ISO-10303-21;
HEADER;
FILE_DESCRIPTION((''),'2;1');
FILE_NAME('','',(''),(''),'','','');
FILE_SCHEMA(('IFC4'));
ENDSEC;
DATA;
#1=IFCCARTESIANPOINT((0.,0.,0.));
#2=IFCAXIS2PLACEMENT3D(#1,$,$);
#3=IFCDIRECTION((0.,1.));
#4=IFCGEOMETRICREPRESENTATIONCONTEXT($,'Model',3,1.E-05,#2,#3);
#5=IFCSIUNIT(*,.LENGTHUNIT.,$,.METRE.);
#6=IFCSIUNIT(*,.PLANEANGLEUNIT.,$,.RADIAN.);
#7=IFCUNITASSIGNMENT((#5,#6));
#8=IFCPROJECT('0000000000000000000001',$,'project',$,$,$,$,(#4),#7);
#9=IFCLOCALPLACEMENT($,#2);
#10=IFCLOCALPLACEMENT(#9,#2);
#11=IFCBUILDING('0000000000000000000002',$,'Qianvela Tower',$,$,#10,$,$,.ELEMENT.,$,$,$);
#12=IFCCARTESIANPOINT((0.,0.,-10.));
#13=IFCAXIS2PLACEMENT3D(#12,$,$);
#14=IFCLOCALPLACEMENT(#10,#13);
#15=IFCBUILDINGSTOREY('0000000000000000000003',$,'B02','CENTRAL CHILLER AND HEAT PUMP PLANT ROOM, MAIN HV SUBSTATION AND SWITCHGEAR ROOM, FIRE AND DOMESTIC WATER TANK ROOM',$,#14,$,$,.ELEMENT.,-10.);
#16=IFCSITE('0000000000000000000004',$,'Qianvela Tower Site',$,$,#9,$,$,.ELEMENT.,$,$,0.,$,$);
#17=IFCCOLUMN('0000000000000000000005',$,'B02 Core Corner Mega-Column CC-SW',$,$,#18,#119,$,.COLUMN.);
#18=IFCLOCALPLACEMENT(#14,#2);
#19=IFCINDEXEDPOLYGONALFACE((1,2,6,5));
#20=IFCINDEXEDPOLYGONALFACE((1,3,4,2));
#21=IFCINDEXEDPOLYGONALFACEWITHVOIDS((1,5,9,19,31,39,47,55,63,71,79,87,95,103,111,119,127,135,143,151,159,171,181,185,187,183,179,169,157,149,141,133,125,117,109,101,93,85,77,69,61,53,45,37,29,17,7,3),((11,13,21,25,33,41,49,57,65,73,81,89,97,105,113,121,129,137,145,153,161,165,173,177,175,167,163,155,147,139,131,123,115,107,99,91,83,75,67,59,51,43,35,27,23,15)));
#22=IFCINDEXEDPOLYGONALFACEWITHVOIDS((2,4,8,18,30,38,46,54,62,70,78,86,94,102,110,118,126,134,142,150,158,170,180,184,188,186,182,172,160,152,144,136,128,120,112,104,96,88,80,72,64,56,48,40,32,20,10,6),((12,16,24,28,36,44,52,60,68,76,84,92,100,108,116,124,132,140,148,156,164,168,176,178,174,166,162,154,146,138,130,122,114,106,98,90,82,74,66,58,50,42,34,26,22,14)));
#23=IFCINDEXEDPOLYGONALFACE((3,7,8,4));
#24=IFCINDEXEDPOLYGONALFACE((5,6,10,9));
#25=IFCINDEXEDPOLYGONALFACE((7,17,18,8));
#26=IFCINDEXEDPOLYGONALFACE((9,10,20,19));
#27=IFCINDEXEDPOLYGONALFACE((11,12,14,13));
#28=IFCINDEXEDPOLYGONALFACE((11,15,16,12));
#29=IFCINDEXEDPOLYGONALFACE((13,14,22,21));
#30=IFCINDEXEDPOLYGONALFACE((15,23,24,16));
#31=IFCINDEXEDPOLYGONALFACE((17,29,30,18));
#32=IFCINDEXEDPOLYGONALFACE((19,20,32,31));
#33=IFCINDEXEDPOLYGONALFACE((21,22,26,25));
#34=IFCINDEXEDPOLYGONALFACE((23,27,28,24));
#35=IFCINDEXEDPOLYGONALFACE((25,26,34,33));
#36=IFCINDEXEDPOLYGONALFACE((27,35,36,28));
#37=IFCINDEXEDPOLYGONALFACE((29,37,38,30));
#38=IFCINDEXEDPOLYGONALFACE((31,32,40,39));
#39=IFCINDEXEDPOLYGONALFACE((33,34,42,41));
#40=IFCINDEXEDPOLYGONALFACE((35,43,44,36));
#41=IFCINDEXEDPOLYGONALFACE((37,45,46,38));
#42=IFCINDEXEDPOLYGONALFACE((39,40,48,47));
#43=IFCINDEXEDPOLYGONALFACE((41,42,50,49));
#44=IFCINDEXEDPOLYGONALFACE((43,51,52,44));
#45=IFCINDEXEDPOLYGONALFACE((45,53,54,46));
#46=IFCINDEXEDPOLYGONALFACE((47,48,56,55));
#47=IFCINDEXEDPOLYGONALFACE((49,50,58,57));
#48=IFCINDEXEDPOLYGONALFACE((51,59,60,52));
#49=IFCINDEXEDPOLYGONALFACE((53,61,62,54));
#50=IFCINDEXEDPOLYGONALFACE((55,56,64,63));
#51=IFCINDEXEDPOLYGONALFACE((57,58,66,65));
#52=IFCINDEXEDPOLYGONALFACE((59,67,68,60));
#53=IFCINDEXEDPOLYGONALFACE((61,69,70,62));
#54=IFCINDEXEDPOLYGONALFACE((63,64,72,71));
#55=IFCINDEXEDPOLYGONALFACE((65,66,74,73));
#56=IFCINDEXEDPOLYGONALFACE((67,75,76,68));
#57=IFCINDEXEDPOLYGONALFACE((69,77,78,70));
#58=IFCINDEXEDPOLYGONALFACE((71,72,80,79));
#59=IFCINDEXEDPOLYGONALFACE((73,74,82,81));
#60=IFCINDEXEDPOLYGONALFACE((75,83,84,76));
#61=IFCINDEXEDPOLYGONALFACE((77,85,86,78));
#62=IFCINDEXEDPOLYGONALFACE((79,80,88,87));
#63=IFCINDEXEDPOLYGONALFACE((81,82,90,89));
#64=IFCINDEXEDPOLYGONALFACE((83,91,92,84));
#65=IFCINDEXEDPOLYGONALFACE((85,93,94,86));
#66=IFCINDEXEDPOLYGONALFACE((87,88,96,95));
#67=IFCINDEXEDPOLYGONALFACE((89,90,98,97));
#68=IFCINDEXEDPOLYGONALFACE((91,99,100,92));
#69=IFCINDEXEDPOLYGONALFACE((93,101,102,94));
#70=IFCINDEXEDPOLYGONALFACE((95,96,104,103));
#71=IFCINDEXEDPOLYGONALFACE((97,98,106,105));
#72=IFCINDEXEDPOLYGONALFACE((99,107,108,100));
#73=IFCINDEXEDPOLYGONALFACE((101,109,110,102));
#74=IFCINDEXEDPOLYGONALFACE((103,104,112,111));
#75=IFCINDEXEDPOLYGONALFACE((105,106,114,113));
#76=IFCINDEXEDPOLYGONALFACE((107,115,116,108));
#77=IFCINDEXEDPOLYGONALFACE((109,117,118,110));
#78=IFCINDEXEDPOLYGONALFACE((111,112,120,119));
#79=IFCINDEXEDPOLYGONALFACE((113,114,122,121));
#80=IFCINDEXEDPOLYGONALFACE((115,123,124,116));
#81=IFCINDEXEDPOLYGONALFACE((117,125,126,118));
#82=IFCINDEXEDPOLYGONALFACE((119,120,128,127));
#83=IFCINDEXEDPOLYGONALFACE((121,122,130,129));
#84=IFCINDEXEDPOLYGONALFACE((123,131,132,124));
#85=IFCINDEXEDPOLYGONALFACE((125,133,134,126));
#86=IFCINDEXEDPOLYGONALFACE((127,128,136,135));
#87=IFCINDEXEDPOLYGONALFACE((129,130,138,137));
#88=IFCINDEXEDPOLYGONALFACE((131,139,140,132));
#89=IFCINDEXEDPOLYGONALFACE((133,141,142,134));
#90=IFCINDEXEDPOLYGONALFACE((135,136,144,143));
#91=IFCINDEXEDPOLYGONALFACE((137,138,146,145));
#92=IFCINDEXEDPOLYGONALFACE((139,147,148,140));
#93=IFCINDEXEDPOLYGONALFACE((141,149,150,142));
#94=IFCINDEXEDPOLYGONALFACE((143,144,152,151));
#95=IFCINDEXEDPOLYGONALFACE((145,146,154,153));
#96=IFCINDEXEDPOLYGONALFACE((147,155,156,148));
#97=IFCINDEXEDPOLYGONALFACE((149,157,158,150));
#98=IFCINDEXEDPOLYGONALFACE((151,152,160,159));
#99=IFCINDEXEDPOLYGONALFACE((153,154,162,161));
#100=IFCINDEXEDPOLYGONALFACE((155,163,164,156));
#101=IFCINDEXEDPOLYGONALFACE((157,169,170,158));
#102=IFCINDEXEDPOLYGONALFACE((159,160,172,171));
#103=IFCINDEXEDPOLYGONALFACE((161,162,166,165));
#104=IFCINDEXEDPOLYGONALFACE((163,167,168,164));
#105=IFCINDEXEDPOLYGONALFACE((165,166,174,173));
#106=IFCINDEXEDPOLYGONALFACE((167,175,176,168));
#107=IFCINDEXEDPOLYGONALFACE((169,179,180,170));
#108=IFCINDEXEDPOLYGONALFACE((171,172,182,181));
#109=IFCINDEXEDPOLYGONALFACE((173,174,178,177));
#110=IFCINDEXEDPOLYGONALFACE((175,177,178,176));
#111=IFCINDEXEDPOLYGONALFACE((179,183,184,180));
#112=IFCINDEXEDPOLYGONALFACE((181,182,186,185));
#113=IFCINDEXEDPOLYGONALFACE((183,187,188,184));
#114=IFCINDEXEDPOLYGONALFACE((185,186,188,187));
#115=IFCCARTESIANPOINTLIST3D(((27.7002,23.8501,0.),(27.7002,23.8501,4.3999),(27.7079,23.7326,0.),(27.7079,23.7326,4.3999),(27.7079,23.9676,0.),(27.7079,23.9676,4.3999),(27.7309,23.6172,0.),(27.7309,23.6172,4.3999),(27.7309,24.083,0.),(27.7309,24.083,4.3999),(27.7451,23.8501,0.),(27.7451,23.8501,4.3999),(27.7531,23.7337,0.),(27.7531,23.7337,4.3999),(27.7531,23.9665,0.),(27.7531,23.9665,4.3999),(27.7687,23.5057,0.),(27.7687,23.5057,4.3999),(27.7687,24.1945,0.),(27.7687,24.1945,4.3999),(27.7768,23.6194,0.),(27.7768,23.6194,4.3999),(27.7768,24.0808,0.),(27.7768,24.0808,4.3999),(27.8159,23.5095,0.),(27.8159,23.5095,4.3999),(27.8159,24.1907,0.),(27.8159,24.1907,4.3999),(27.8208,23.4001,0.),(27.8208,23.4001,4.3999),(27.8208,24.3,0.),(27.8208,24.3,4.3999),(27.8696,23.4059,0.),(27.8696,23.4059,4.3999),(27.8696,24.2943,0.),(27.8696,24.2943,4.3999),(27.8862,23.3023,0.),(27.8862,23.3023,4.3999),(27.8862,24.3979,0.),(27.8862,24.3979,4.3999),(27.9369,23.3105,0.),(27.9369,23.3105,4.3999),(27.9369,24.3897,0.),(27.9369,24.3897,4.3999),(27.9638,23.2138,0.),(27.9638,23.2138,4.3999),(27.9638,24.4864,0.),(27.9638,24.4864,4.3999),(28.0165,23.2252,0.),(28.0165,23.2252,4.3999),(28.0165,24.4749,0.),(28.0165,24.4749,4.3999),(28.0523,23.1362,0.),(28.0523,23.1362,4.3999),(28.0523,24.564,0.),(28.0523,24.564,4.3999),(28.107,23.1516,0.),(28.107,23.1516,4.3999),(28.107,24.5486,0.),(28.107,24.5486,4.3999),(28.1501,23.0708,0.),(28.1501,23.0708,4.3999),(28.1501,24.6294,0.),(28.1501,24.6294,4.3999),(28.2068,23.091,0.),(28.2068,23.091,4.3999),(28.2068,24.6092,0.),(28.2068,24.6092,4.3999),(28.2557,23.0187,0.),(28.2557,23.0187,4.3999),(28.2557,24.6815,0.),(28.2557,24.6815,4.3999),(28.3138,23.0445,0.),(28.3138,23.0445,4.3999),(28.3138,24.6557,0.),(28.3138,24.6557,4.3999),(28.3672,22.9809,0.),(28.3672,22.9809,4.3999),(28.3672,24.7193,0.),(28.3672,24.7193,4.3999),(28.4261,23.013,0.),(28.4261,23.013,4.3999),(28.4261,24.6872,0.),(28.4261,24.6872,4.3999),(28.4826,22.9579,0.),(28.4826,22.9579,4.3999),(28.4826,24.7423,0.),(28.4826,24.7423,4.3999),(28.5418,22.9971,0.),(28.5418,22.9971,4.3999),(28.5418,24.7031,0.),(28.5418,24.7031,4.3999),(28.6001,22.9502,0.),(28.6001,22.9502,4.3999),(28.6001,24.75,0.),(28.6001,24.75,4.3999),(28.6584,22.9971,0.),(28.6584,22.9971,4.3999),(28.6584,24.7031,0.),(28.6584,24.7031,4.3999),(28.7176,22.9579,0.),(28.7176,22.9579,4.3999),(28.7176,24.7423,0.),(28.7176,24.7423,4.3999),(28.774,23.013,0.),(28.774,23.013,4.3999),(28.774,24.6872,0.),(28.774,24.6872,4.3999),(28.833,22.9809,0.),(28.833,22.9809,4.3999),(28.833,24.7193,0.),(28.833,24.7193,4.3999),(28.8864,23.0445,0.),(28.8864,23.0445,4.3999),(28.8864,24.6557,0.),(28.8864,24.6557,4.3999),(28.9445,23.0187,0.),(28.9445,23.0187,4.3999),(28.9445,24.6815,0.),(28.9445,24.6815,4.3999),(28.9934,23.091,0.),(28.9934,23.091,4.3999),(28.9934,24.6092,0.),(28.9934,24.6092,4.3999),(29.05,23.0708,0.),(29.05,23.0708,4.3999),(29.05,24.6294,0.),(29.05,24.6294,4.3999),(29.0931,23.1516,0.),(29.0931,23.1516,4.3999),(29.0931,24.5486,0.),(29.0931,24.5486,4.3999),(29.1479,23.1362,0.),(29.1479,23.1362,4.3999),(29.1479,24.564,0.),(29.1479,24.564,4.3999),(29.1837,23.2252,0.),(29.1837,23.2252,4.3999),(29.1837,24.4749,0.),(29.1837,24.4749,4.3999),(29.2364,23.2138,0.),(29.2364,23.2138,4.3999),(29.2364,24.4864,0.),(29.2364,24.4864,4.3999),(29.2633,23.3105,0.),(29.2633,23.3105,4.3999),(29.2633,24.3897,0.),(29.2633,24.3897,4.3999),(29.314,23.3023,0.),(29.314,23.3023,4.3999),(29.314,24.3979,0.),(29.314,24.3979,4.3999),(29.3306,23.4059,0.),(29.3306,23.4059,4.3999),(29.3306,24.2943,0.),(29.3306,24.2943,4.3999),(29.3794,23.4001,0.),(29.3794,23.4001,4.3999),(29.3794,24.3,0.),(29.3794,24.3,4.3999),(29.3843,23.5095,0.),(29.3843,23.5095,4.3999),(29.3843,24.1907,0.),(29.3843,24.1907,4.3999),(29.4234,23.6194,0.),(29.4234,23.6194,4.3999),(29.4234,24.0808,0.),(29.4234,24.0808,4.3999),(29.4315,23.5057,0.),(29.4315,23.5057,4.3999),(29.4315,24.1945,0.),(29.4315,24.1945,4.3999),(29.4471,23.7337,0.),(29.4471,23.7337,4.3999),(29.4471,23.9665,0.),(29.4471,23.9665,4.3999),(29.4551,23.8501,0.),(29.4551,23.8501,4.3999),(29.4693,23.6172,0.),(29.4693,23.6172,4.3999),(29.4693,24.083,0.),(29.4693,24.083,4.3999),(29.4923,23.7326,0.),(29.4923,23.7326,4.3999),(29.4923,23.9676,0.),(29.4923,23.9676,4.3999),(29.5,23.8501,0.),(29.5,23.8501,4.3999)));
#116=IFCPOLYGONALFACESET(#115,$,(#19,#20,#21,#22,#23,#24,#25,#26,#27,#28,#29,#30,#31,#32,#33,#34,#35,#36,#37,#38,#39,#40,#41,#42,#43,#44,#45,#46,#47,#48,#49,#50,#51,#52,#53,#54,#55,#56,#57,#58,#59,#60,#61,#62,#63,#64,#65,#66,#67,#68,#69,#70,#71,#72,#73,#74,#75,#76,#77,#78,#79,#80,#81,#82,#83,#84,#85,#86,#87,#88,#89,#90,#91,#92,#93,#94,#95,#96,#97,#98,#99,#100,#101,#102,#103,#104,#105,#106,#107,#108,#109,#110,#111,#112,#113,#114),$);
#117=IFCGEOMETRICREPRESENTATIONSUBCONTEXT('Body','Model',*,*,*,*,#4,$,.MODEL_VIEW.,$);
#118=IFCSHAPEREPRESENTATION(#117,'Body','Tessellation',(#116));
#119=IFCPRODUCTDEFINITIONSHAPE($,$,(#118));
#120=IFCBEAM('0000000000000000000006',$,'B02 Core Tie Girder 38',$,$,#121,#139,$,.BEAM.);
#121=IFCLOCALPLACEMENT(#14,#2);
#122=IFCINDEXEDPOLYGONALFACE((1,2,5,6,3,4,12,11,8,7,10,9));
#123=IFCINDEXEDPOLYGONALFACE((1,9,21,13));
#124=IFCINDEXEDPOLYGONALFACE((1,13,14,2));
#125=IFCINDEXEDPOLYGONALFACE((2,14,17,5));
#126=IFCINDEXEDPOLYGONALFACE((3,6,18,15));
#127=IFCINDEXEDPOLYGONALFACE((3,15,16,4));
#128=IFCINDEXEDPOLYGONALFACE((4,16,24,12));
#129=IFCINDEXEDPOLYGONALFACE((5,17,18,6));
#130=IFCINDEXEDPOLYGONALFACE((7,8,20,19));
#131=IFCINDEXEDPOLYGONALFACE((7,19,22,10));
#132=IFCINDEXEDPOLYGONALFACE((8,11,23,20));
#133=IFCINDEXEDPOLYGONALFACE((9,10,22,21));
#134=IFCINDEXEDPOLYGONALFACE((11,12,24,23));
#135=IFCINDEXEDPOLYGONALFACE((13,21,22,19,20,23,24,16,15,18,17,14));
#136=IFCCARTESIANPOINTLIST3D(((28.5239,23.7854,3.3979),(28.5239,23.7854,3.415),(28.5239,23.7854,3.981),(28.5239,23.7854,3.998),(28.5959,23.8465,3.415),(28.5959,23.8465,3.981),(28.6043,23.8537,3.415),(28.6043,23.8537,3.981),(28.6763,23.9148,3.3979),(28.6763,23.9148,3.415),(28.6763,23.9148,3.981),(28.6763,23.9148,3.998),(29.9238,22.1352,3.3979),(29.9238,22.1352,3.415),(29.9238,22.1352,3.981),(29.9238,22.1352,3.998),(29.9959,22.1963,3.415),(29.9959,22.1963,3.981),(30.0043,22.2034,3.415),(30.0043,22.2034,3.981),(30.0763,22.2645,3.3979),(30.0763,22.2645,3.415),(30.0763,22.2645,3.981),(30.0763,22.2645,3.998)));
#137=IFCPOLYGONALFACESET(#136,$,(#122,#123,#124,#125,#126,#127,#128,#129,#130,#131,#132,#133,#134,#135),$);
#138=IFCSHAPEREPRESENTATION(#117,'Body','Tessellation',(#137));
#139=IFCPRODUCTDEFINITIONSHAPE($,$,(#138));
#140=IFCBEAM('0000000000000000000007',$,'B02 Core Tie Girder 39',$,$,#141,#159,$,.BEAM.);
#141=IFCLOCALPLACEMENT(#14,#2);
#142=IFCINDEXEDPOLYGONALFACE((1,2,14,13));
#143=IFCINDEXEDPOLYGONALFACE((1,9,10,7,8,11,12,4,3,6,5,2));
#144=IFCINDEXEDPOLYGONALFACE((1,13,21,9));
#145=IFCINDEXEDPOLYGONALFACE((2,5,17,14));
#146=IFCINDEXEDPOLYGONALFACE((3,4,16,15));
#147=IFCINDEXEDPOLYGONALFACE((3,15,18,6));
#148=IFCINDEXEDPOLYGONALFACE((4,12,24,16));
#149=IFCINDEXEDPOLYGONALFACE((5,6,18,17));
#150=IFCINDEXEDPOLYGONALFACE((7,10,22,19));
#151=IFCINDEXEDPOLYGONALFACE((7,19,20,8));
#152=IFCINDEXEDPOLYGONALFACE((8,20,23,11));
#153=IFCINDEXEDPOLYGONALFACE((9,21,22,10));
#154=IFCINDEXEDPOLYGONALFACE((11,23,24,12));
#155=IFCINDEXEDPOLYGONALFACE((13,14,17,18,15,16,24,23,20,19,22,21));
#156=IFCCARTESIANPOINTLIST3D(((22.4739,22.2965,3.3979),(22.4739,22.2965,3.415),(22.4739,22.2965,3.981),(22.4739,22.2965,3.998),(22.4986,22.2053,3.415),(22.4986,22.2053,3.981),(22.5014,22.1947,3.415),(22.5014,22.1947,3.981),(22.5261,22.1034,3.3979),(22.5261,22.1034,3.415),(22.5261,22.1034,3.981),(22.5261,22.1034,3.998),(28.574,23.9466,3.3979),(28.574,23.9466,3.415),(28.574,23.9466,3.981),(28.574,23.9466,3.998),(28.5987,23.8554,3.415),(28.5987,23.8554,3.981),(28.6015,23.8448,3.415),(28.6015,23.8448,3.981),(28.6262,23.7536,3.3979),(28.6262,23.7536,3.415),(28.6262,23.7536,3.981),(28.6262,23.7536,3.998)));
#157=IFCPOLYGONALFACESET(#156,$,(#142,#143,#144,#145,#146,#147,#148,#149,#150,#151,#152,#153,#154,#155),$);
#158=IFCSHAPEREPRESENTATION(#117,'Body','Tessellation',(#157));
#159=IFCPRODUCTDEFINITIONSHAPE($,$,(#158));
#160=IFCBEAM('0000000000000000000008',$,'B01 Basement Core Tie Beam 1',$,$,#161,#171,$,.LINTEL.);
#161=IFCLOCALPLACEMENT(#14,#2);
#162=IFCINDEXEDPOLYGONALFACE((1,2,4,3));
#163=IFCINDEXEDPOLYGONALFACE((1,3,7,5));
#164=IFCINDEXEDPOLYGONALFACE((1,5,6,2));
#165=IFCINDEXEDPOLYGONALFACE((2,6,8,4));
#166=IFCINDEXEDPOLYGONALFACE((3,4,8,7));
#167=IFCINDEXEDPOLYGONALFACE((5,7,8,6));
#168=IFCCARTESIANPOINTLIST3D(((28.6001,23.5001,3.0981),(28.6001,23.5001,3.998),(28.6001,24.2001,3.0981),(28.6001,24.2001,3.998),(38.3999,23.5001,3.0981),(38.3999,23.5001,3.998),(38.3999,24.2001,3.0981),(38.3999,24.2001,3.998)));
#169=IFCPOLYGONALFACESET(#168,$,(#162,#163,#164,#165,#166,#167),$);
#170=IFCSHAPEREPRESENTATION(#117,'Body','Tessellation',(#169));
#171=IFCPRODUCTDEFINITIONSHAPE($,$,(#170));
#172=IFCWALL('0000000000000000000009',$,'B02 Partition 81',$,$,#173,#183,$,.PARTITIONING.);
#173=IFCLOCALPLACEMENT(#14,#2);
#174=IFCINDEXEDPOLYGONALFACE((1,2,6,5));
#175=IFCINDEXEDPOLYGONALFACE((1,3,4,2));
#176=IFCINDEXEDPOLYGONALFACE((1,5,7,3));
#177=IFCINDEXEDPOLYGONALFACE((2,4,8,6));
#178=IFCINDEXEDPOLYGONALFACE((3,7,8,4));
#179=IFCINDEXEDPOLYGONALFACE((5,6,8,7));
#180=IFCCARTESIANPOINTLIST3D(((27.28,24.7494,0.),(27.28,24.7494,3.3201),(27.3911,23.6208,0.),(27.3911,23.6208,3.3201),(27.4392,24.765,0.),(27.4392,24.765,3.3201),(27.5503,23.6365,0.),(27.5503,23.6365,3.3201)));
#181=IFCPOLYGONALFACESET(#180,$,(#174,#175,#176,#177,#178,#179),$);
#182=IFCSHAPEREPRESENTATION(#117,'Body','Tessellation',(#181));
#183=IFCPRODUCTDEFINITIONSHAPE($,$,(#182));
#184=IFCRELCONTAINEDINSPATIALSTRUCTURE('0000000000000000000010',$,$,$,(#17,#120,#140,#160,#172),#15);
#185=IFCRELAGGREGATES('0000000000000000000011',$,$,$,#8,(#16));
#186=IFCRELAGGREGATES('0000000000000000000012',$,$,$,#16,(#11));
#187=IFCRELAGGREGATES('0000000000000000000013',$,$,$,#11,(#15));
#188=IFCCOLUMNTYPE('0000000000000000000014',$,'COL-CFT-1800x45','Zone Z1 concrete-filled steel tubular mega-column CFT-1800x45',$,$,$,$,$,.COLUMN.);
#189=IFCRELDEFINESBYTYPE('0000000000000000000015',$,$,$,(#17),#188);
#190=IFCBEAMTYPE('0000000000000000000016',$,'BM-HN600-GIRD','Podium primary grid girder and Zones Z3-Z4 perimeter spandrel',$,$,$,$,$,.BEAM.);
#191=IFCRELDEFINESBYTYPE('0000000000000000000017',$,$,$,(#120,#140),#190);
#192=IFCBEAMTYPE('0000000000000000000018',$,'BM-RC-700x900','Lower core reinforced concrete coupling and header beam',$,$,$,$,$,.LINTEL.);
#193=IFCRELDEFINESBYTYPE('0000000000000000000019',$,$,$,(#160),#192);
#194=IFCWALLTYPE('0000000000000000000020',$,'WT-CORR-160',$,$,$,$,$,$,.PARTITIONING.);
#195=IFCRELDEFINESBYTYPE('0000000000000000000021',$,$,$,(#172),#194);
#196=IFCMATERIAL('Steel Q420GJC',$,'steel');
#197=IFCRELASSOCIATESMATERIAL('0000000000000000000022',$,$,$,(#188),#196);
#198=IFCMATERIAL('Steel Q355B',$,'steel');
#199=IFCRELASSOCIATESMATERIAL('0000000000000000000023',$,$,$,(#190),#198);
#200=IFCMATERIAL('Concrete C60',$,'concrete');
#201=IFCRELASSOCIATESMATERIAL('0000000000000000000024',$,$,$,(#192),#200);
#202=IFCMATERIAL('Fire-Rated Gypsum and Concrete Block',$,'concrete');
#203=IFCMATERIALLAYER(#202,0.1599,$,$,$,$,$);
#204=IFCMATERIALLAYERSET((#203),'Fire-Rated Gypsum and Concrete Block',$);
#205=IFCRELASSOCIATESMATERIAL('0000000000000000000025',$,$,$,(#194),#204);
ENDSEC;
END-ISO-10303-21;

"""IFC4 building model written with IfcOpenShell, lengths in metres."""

from ifc_helpers import new_model, si_unit, direction, frame, frame_2d, origin, origin_2d, place, context, subcontext, project, spatial, rectangle, hollow_circle, i_section, extrude, material, layer, layer_set, material_profile, profile_set, type_object, element, save


model = new_model("IFC4")

# Units and contexts
model_context = context("Model", 3, precision=1e-05, world=origin(), true_north=direction((0.0, 1.0)))
body_context = subcontext(model_context, "Body", "Model", "MODEL_VIEW")
ifc_project = project(units=[si_unit("LENGTHUNIT", "METRE"), si_unit("PLANEANGLEUNIT", "RADIAN")], contexts=[model_context])

# Site, building, storey
site_placement = place(None, origin())
site = spatial("IfcSite", under=ifc_project, at=site_placement, Name="Qianvela Tower Site", CompositionType="ELEMENT", RefElevation=0.0)
building_placement = place(site_placement, origin())
building = spatial("IfcBuilding", under=site, at=building_placement, Name="Qianvela Tower", CompositionType="ELEMENT")
storey_placement = place(building_placement, frame((0.0, 0.0, -10.0)))
storey = spatial("IfcBuildingStorey", under=building, at=storey_placement, Name="B02", Description="CENTRAL CHILLER AND HEAT PUMP PLANT ROOM, MAIN HV SUBSTATION AND SWITCHGEAR ROOM, FIRE AND DOMESTIC WATER TANK ROOM", CompositionType="ELEMENT", Elevation=-10.0)

# Column
ifc_material_1 = material(Name="Steel Q420GJC", Category="steel")
ifc_material_profile_1 = material_profile(ifc_material_1, hollow_circle(Radius=0.8999, WallThickness=0.0449, at=origin_2d()), Name="CFT-1800x45")
ifc_profile_set_1 = profile_set([ifc_material_profile_1], Name="Steel Q420GJC")
column_type = type_object("IfcColumnType", Name="COL-CFT-1800x45", Description="Zone Z1 concrete-filled steel tubular mega-column CFT-1800x45", PredefinedType="COLUMN", material=ifc_profile_set_1)
column_placement = place(storey_placement, frame((28.6001, 23.8501, 0.0), z_axis=(0.0, 0.0, 1.0), x_axis=(1.0, 0.0, 0.0)))
element("IfcColumn", 1, at=column_placement, inside=storey, type_object=column_type, Name="B02 Core Corner Mega-Column CC-SW", PredefinedType="COLUMN", context=body_context, shape_type="SweptSolid", body=[
    extrude(hollow_circle(Radius=0.8999, WallThickness=0.0449, at=origin_2d()), origin(), (0.0, 0.0, 1.0), 4.3999),
])

# Beams
ifc_material_2 = material(Name="Steel Q355B", Category="steel")
ifc_material_profile_2 = material_profile(ifc_material_2, i_section(OverallWidth=0.2, OverallDepth=0.6001, WebThickness=0.011, FlangeThickness=0.0171, at=origin_2d()), Name="HN600x200x11x17")
ifc_profile_set_2 = profile_set([ifc_material_profile_2], Name="Steel Q355B")
beam_type_1 = type_object("IfcBeamType", Name="BM-HN600-GIRD", Description="Podium primary grid girder and Zones Z3-Z4 perimeter spandrel", PredefinedType="BEAM", material=ifc_profile_set_2)
beam_1_placement = place(storey_placement, frame((28.6001, 23.8501, 3.698), z_axis=(0.646918, -0.76256, 0.0), x_axis=(0.76256, 0.646918, 0.0)))
element("IfcBeam", 2, at=beam_1_placement, inside=storey, type_object=beam_type_1, Name="B02 Core Tie Girder 38", PredefinedType="BEAM", context=body_context, shape_type="SweptSolid", body=[
    extrude(i_section(OverallWidth=0.2, OverallDepth=0.6001, WebThickness=0.011, FlangeThickness=0.0171, at=origin_2d()), origin(), (0.0, 0.0, 1.0), 2.1641),
])
beam_2_placement = place(storey_placement, frame((28.6001, 23.8501, 3.698), z_axis=(-0.965305, -0.261126, 0.0), x_axis=(0.261126, -0.965305, 0.0)))
element("IfcBeam", 3, at=beam_2_placement, inside=storey, type_object=beam_type_1, Name="B02 Core Tie Girder 39", PredefinedType="BEAM", context=body_context, shape_type="SweptSolid", body=[
    extrude(i_section(OverallWidth=0.2, OverallDepth=0.6001, WebThickness=0.011, FlangeThickness=0.0171, at=origin_2d()), origin(), (0.0, 0.0, 1.0), 6.3193),
])
ifc_material_3 = material(Name="Concrete C60", Category="concrete")
ifc_material_profile_3 = material_profile(ifc_material_3, rectangle(XDim=0.7, YDim=0.8999, at=origin_2d()), Name="RC-BM-700x900")
ifc_profile_set_3 = profile_set([ifc_material_profile_3], Name="Concrete C60")
beam_type_2 = type_object("IfcBeamType", Name="BM-RC-700x900", Description="Lower core reinforced concrete coupling and header beam", PredefinedType="LINTEL", material=ifc_profile_set_3)
beam_3_placement = place(storey_placement, frame((28.6001, 23.8501, 3.5481), z_axis=(1.0, 0.0, 0.0), x_axis=(0.0, 1.0, 0.0)))
element("IfcBeam", 4, at=beam_3_placement, inside=storey, type_object=beam_type_2, Name="B01 Basement Core Tie Beam 1", PredefinedType="LINTEL", context=body_context, shape_type="SweptSolid", body=[
    extrude(rectangle(XDim=0.7, YDim=0.8999, at=origin_2d()), origin(), (0.0, 0.0, 1.0), 9.7998),
])

# Wall
ifc_material_4 = material(Name="Fire-Rated Gypsum and Concrete Block", Category="concrete")
ifc_layer_1 = layer(ifc_material_4, 0.1599)
ifc_layer_set_1 = layer_set([ifc_layer_1], Name="Fire-Rated Gypsum and Concrete Block")
wall_type_1 = type_object("IfcWallType", Name="WT-CORR-160", PredefinedType="PARTITIONING", material=ifc_layer_set_1)
wall_1_placement = place(storey_placement, frame((27.3596, 24.7571, 0.0), z_axis=(0.0, 0.0, 1.0), x_axis=(0.097948, -0.995192, 0.0)))
element("IfcWall", 5, at=wall_1_placement, inside=storey, type_object=wall_type_1, Name="B02 Partition 81", PredefinedType="PARTITIONING", context=body_context, shape_type="SweptSolid", body=[
    extrude(rectangle(XDim=1.134, YDim=0.1599, at=frame_2d((0.5669, 0.0))), origin(), (0.0, 0.0, 1.0), 3.3201),
])

save(model, "model.ifc")
